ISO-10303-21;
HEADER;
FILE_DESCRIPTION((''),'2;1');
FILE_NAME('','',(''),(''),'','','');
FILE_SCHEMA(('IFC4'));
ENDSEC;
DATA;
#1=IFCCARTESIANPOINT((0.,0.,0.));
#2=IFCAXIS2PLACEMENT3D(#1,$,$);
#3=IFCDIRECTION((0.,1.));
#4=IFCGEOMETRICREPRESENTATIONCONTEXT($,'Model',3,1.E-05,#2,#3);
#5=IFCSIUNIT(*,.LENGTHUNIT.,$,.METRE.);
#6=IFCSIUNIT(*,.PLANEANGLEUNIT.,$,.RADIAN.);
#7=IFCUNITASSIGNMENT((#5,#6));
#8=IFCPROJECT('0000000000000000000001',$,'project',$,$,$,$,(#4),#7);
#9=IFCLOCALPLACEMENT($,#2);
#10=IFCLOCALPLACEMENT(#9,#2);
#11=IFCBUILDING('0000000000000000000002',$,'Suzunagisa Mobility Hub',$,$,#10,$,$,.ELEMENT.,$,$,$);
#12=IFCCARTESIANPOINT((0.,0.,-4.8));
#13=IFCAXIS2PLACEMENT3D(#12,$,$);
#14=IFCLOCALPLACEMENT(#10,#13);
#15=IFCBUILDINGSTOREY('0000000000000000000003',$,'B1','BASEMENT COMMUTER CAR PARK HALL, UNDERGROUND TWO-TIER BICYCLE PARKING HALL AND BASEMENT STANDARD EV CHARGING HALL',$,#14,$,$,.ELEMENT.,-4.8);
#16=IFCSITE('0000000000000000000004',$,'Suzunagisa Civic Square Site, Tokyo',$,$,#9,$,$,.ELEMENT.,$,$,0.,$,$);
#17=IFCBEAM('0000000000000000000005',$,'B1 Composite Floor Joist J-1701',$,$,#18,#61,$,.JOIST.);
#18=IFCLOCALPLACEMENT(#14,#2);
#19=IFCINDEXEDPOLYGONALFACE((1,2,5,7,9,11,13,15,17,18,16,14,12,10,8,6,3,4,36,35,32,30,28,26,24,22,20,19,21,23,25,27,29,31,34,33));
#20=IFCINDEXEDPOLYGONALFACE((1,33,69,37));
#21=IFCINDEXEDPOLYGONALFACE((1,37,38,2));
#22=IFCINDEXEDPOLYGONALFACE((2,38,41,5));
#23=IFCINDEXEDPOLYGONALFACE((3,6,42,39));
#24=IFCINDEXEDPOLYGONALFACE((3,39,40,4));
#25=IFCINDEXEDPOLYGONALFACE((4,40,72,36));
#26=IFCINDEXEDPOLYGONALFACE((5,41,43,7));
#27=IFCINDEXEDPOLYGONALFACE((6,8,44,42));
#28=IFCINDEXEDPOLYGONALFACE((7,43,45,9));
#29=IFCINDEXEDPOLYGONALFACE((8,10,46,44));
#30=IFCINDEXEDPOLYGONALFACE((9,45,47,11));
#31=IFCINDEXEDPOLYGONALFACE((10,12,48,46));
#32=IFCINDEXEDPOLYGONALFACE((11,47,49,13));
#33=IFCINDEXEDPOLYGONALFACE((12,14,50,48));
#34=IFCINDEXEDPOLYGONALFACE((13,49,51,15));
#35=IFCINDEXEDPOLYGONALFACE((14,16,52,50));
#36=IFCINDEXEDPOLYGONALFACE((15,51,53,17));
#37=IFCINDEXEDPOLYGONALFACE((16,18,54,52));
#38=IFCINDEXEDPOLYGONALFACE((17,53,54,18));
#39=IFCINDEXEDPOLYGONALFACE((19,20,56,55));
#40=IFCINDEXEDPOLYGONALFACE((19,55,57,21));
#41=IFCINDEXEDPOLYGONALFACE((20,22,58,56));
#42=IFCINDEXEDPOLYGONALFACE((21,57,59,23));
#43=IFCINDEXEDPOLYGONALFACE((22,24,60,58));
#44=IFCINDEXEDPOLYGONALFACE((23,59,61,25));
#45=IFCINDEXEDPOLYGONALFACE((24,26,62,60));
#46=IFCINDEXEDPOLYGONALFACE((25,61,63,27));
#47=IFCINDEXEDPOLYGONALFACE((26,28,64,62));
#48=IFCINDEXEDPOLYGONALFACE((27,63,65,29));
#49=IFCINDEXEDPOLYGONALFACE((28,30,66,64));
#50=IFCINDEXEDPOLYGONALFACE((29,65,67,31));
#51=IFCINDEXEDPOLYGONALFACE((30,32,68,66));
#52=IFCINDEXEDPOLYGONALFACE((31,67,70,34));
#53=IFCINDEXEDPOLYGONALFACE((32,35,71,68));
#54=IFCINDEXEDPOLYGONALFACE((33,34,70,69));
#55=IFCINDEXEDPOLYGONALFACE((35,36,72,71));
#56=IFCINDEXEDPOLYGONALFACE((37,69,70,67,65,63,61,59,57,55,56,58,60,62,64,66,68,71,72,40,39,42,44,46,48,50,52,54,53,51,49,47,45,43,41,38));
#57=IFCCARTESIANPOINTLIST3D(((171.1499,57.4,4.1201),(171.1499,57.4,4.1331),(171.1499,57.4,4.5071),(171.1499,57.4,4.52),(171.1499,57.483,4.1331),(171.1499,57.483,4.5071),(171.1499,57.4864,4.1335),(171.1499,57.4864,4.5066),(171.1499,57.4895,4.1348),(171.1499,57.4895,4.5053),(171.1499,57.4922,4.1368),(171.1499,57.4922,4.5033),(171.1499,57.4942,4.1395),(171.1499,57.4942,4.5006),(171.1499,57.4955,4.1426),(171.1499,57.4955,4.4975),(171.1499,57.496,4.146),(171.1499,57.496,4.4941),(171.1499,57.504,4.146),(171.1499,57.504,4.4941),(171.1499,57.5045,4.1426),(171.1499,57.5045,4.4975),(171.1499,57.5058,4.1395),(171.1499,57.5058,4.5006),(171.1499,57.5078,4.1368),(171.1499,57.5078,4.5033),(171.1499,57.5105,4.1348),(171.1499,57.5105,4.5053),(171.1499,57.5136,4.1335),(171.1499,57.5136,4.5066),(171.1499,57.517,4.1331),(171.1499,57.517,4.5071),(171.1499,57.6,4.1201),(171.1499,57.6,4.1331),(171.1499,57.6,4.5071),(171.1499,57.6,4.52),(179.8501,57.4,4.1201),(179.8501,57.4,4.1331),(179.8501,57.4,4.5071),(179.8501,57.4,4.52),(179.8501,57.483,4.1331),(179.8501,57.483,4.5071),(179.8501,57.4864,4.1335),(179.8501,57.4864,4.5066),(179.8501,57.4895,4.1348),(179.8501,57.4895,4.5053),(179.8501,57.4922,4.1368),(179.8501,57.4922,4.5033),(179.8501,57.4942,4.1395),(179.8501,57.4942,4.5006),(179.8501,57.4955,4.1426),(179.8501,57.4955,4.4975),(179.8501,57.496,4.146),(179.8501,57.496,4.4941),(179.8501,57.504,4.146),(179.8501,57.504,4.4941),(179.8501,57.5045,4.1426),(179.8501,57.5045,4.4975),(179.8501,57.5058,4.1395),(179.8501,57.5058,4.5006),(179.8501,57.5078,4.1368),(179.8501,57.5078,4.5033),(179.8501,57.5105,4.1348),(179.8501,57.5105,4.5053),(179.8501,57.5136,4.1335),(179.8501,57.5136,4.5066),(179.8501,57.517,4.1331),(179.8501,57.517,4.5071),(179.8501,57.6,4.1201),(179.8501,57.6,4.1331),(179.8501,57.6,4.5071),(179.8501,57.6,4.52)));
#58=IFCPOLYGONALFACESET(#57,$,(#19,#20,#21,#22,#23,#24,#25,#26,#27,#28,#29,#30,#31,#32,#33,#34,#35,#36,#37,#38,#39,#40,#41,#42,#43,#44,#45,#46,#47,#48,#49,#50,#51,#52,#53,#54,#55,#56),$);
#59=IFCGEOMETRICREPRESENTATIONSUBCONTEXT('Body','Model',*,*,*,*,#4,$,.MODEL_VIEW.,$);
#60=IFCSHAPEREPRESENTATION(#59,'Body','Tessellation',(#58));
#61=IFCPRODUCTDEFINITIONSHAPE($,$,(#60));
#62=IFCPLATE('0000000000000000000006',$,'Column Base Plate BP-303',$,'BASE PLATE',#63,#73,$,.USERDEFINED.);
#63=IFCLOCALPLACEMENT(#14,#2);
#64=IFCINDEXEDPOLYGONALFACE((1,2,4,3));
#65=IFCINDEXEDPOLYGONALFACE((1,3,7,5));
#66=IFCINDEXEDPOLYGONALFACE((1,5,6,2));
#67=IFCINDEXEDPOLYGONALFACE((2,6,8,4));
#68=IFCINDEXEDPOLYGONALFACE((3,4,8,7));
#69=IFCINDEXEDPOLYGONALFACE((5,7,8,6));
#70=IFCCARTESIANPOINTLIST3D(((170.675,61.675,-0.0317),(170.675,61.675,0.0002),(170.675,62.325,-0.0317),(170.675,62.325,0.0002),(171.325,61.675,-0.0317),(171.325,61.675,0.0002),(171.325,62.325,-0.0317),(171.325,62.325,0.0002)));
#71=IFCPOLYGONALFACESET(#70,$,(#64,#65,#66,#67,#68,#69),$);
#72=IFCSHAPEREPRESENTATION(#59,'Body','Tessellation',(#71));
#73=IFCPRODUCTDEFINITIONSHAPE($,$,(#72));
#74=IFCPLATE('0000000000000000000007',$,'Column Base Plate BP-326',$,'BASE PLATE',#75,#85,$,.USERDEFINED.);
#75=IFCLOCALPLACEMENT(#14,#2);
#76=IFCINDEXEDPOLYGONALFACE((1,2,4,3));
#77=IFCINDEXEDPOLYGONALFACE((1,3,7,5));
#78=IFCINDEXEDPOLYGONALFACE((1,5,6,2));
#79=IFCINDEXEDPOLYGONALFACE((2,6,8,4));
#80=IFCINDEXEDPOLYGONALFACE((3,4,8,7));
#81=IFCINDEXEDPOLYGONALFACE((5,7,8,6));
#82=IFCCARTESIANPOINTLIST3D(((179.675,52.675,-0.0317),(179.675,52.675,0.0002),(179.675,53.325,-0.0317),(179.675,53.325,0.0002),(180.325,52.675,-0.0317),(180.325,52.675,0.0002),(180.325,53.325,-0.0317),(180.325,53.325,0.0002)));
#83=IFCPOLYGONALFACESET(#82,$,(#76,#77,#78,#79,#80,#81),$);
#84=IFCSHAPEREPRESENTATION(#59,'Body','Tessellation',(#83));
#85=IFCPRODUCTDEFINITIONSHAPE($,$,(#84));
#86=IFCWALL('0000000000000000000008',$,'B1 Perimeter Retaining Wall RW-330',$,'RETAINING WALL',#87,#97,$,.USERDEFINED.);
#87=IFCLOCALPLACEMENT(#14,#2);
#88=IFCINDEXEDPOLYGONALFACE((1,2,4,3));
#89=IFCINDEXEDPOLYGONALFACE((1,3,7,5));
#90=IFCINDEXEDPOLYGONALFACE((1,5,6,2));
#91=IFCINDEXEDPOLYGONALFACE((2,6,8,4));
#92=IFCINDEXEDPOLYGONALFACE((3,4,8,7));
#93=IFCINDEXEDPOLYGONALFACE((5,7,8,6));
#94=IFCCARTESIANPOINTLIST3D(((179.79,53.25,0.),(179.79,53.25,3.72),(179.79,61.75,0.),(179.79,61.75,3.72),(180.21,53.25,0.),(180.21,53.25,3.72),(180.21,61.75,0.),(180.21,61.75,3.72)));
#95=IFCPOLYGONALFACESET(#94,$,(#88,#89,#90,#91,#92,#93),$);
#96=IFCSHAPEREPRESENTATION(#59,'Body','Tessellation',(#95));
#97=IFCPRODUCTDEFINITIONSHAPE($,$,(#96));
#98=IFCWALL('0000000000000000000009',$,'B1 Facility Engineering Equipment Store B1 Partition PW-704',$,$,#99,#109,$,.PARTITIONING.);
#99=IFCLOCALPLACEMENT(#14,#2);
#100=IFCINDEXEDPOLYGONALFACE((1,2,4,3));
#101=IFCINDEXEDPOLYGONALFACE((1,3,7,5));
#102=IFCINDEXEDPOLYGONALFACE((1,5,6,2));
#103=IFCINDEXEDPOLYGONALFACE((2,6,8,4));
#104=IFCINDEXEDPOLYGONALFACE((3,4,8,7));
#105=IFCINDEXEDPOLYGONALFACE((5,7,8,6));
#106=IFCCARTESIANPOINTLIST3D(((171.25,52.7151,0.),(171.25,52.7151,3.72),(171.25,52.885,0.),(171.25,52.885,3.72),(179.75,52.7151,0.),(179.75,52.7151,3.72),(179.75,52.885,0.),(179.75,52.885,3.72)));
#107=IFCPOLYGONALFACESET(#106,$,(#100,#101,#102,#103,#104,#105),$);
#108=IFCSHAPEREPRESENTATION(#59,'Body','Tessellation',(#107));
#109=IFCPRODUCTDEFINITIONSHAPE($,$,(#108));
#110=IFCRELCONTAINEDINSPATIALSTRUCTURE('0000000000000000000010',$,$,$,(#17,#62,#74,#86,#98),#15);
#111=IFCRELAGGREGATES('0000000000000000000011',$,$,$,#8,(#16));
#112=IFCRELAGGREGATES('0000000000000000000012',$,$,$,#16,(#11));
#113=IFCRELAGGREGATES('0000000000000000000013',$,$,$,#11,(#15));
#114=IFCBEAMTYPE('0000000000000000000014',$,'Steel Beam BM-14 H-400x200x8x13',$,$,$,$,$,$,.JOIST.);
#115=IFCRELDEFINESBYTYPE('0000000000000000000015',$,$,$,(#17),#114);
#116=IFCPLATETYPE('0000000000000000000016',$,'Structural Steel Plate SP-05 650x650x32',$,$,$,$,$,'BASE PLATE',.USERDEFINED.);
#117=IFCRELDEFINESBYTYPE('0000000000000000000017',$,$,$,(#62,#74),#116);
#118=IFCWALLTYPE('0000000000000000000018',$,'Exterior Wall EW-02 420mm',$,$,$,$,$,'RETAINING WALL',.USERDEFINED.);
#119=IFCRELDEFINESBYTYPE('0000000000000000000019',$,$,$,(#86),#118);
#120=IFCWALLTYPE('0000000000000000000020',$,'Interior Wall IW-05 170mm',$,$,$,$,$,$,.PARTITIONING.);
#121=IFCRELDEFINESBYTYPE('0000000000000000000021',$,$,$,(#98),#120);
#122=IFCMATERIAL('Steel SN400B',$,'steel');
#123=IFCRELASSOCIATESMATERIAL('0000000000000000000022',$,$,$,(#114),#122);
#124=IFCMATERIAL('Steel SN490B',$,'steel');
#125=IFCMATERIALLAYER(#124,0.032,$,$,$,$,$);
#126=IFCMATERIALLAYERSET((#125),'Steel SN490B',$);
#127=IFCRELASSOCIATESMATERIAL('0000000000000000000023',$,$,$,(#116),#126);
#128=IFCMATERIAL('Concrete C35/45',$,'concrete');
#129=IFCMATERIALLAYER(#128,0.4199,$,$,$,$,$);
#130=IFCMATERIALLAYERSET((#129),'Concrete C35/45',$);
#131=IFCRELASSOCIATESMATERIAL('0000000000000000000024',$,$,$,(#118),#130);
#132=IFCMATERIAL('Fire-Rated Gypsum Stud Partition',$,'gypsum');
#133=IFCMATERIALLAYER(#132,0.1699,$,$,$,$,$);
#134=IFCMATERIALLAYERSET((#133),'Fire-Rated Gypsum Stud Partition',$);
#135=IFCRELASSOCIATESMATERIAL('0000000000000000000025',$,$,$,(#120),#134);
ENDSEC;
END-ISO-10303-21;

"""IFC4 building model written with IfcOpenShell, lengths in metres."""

from ifc_helpers import new_model, si_unit, direction, frame, frame_2d, origin, origin_2d, place, context, subcontext, project, spatial, rectangle, i_section, extrude, material, layer, layer_set, material_profile, profile_set, type_object, element, save


model = new_model("IFC4")

# Units and contexts
model_context = context("Model", 3, precision=1e-05, world=origin(), true_north=direction((0.0, 1.0)))
body_context = subcontext(model_context, "Body", "Model", "MODEL_VIEW")
ifc_project = project(units=[si_unit("LENGTHUNIT", "METRE"), si_unit("PLANEANGLEUNIT", "RADIAN")], contexts=[model_context])

# Site, building, storey
site_placement = place(None, origin())
site = spatial("IfcSite", under=ifc_project, at=site_placement, Name="Suzunagisa Civic Square Site, Tokyo", CompositionType="ELEMENT", RefElevation=0.0)
building_placement = place(site_placement, origin())
building = spatial("IfcBuilding", under=site, at=building_placement, Name="Suzunagisa Mobility Hub", CompositionType="ELEMENT")
storey_placement = place(building_placement, frame((0.0, 0.0, -4.8)))
storey = spatial("IfcBuildingStorey", under=building, at=storey_placement, Name="B1", Description="BASEMENT COMMUTER CAR PARK HALL, UNDERGROUND TWO-TIER BICYCLE PARKING HALL AND BASEMENT STANDARD EV CHARGING HALL", CompositionType="ELEMENT", Elevation=-4.8)

# Shared definitions
ifc_material_1 = material(Name="Concrete C35/45", Category="concrete")

# Shared definitions
ifc_material_2 = material(Name="Steel SN490B", Category="steel")

# Beam
ifc_material_3 = material(Name="Steel SN400B", Category="steel")
ifc_material_profile_1 = material_profile(ifc_material_3, i_section(OverallWidth=0.2, OverallDepth=0.3999, WebThickness=0.0081, FlangeThickness=0.0129, FilletRadius=0.0129, at=origin_2d()), Name="H-400x200x8x13")
ifc_profile_set_1 = profile_set([ifc_material_profile_1], Name="Steel SN400B")
beam_type_1 = type_object("IfcBeamType", Name="Steel Beam BM-14 H-400x200x8x13", PredefinedType="JOIST", material=ifc_profile_set_1)
beam_placement = place(storey_placement, frame((171.1499, 57.5, 4.3201), z_axis=(1.0, 0.0, 0.0), x_axis=(0.0, 1.0, 0.0)))
element("IfcBeam", 1, at=beam_placement, inside=storey, type_object=beam_type_1, Name="B1 Composite Floor Joist J-1701", PredefinedType="JOIST", context=body_context, shape_type="SweptSolid", body=[
    extrude(i_section(OverallWidth=0.2, OverallDepth=0.3999, WebThickness=0.0081, FlangeThickness=0.0129, FilletRadius=0.0129, at=origin_2d()), origin(), (0.0, 0.0, 1.0), 8.7002),
])

# Plates
ifc_layer_1 = layer(ifc_material_2, 0.032)
ifc_layer_set_1 = layer_set([ifc_layer_1], Name="Steel SN490B")
plate_type = type_object("IfcPlateType", Name="Structural Steel Plate SP-05 650x650x32", ElementType="BASE PLATE", PredefinedType="USERDEFINED", material=ifc_layer_set_1)
for number, where, z_axis, x_axis, name in (
    (2, (171.0, 62.0, -0.0317), (0.0, 0.0, 1.0), (1.0, 0.0, 0.0), "Column Base Plate BP-303"),
    (3, (180.0, 53.0, -0.0317), (0.0, 0.0, 1.0), (1.0, 0.0, 0.0), "Column Base Plate BP-326"),
):
    element("IfcPlate", number, at=place(storey_placement, frame(where, z_axis=z_axis, x_axis=x_axis)), inside=storey, type_object=plate_type, Name=name, ObjectType="BASE PLATE", PredefinedType="USERDEFINED", context=body_context, shape_type="SweptSolid", body=[
        extrude(rectangle(XDim=0.6499, YDim=0.6499, at=origin_2d()), origin(), (0.0, 0.0, 1.0), 0.032),
    ])

# Walls
ifc_layer_2 = layer(ifc_material_1, 0.4199)
ifc_layer_set_2 = layer_set([ifc_layer_2], Name="Concrete C35/45")
wall_type_1 = type_object("IfcWallType", Name="Exterior Wall EW-02 420mm", ElementType="RETAINING WALL", PredefinedType="USERDEFINED", material=ifc_layer_set_2)
wall_1_placement = place(storey_placement, frame((180.0, 53.25, 0.0), z_axis=(0.0, 0.0, 1.0), x_axis=(0.0, 1.0, 0.0)))
element("IfcWall", 4, at=wall_1_placement, inside=storey, type_object=wall_type_1, Name="B1 Perimeter Retaining Wall RW-330", ObjectType="RETAINING WALL", PredefinedType="USERDEFINED", context=body_context, shape_type="SweptSolid", body=[
    extrude(rectangle(XDim=8.5, YDim=0.4199, at=frame_2d((4.25, 0.0))), origin(), (0.0, 0.0, 1.0), 3.72),
])
ifc_material_4 = material(Name="Fire-Rated Gypsum Stud Partition", Category="gypsum")
ifc_layer_3 = layer(ifc_material_4, 0.1699)
ifc_layer_set_3 = layer_set([ifc_layer_3], Name="Fire-Rated Gypsum Stud Partition")
wall_type_2 = type_object("IfcWallType", Name="Interior Wall IW-05 170mm", PredefinedType="PARTITIONING", material=ifc_layer_set_3)
wall_2_placement = place(storey_placement, frame((171.25, 52.8, 0.0), z_axis=(0.0, 0.0, 1.0), x_axis=(1.0, 0.0, 0.0)))
element("IfcWall", 5, at=wall_2_placement, inside=storey, type_object=wall_type_2, Name="B1 Facility Engineering Equipment Store B1 Partition PW-704", PredefinedType="PARTITIONING", context=body_context, shape_type="SweptSolid", body=[
    extrude(rectangle(XDim=8.5, YDim=0.1699, at=frame_2d((4.25, 0.0))), origin(), (0.0, 0.0, 1.0), 3.72),
])

save(model, "model.ifc")
